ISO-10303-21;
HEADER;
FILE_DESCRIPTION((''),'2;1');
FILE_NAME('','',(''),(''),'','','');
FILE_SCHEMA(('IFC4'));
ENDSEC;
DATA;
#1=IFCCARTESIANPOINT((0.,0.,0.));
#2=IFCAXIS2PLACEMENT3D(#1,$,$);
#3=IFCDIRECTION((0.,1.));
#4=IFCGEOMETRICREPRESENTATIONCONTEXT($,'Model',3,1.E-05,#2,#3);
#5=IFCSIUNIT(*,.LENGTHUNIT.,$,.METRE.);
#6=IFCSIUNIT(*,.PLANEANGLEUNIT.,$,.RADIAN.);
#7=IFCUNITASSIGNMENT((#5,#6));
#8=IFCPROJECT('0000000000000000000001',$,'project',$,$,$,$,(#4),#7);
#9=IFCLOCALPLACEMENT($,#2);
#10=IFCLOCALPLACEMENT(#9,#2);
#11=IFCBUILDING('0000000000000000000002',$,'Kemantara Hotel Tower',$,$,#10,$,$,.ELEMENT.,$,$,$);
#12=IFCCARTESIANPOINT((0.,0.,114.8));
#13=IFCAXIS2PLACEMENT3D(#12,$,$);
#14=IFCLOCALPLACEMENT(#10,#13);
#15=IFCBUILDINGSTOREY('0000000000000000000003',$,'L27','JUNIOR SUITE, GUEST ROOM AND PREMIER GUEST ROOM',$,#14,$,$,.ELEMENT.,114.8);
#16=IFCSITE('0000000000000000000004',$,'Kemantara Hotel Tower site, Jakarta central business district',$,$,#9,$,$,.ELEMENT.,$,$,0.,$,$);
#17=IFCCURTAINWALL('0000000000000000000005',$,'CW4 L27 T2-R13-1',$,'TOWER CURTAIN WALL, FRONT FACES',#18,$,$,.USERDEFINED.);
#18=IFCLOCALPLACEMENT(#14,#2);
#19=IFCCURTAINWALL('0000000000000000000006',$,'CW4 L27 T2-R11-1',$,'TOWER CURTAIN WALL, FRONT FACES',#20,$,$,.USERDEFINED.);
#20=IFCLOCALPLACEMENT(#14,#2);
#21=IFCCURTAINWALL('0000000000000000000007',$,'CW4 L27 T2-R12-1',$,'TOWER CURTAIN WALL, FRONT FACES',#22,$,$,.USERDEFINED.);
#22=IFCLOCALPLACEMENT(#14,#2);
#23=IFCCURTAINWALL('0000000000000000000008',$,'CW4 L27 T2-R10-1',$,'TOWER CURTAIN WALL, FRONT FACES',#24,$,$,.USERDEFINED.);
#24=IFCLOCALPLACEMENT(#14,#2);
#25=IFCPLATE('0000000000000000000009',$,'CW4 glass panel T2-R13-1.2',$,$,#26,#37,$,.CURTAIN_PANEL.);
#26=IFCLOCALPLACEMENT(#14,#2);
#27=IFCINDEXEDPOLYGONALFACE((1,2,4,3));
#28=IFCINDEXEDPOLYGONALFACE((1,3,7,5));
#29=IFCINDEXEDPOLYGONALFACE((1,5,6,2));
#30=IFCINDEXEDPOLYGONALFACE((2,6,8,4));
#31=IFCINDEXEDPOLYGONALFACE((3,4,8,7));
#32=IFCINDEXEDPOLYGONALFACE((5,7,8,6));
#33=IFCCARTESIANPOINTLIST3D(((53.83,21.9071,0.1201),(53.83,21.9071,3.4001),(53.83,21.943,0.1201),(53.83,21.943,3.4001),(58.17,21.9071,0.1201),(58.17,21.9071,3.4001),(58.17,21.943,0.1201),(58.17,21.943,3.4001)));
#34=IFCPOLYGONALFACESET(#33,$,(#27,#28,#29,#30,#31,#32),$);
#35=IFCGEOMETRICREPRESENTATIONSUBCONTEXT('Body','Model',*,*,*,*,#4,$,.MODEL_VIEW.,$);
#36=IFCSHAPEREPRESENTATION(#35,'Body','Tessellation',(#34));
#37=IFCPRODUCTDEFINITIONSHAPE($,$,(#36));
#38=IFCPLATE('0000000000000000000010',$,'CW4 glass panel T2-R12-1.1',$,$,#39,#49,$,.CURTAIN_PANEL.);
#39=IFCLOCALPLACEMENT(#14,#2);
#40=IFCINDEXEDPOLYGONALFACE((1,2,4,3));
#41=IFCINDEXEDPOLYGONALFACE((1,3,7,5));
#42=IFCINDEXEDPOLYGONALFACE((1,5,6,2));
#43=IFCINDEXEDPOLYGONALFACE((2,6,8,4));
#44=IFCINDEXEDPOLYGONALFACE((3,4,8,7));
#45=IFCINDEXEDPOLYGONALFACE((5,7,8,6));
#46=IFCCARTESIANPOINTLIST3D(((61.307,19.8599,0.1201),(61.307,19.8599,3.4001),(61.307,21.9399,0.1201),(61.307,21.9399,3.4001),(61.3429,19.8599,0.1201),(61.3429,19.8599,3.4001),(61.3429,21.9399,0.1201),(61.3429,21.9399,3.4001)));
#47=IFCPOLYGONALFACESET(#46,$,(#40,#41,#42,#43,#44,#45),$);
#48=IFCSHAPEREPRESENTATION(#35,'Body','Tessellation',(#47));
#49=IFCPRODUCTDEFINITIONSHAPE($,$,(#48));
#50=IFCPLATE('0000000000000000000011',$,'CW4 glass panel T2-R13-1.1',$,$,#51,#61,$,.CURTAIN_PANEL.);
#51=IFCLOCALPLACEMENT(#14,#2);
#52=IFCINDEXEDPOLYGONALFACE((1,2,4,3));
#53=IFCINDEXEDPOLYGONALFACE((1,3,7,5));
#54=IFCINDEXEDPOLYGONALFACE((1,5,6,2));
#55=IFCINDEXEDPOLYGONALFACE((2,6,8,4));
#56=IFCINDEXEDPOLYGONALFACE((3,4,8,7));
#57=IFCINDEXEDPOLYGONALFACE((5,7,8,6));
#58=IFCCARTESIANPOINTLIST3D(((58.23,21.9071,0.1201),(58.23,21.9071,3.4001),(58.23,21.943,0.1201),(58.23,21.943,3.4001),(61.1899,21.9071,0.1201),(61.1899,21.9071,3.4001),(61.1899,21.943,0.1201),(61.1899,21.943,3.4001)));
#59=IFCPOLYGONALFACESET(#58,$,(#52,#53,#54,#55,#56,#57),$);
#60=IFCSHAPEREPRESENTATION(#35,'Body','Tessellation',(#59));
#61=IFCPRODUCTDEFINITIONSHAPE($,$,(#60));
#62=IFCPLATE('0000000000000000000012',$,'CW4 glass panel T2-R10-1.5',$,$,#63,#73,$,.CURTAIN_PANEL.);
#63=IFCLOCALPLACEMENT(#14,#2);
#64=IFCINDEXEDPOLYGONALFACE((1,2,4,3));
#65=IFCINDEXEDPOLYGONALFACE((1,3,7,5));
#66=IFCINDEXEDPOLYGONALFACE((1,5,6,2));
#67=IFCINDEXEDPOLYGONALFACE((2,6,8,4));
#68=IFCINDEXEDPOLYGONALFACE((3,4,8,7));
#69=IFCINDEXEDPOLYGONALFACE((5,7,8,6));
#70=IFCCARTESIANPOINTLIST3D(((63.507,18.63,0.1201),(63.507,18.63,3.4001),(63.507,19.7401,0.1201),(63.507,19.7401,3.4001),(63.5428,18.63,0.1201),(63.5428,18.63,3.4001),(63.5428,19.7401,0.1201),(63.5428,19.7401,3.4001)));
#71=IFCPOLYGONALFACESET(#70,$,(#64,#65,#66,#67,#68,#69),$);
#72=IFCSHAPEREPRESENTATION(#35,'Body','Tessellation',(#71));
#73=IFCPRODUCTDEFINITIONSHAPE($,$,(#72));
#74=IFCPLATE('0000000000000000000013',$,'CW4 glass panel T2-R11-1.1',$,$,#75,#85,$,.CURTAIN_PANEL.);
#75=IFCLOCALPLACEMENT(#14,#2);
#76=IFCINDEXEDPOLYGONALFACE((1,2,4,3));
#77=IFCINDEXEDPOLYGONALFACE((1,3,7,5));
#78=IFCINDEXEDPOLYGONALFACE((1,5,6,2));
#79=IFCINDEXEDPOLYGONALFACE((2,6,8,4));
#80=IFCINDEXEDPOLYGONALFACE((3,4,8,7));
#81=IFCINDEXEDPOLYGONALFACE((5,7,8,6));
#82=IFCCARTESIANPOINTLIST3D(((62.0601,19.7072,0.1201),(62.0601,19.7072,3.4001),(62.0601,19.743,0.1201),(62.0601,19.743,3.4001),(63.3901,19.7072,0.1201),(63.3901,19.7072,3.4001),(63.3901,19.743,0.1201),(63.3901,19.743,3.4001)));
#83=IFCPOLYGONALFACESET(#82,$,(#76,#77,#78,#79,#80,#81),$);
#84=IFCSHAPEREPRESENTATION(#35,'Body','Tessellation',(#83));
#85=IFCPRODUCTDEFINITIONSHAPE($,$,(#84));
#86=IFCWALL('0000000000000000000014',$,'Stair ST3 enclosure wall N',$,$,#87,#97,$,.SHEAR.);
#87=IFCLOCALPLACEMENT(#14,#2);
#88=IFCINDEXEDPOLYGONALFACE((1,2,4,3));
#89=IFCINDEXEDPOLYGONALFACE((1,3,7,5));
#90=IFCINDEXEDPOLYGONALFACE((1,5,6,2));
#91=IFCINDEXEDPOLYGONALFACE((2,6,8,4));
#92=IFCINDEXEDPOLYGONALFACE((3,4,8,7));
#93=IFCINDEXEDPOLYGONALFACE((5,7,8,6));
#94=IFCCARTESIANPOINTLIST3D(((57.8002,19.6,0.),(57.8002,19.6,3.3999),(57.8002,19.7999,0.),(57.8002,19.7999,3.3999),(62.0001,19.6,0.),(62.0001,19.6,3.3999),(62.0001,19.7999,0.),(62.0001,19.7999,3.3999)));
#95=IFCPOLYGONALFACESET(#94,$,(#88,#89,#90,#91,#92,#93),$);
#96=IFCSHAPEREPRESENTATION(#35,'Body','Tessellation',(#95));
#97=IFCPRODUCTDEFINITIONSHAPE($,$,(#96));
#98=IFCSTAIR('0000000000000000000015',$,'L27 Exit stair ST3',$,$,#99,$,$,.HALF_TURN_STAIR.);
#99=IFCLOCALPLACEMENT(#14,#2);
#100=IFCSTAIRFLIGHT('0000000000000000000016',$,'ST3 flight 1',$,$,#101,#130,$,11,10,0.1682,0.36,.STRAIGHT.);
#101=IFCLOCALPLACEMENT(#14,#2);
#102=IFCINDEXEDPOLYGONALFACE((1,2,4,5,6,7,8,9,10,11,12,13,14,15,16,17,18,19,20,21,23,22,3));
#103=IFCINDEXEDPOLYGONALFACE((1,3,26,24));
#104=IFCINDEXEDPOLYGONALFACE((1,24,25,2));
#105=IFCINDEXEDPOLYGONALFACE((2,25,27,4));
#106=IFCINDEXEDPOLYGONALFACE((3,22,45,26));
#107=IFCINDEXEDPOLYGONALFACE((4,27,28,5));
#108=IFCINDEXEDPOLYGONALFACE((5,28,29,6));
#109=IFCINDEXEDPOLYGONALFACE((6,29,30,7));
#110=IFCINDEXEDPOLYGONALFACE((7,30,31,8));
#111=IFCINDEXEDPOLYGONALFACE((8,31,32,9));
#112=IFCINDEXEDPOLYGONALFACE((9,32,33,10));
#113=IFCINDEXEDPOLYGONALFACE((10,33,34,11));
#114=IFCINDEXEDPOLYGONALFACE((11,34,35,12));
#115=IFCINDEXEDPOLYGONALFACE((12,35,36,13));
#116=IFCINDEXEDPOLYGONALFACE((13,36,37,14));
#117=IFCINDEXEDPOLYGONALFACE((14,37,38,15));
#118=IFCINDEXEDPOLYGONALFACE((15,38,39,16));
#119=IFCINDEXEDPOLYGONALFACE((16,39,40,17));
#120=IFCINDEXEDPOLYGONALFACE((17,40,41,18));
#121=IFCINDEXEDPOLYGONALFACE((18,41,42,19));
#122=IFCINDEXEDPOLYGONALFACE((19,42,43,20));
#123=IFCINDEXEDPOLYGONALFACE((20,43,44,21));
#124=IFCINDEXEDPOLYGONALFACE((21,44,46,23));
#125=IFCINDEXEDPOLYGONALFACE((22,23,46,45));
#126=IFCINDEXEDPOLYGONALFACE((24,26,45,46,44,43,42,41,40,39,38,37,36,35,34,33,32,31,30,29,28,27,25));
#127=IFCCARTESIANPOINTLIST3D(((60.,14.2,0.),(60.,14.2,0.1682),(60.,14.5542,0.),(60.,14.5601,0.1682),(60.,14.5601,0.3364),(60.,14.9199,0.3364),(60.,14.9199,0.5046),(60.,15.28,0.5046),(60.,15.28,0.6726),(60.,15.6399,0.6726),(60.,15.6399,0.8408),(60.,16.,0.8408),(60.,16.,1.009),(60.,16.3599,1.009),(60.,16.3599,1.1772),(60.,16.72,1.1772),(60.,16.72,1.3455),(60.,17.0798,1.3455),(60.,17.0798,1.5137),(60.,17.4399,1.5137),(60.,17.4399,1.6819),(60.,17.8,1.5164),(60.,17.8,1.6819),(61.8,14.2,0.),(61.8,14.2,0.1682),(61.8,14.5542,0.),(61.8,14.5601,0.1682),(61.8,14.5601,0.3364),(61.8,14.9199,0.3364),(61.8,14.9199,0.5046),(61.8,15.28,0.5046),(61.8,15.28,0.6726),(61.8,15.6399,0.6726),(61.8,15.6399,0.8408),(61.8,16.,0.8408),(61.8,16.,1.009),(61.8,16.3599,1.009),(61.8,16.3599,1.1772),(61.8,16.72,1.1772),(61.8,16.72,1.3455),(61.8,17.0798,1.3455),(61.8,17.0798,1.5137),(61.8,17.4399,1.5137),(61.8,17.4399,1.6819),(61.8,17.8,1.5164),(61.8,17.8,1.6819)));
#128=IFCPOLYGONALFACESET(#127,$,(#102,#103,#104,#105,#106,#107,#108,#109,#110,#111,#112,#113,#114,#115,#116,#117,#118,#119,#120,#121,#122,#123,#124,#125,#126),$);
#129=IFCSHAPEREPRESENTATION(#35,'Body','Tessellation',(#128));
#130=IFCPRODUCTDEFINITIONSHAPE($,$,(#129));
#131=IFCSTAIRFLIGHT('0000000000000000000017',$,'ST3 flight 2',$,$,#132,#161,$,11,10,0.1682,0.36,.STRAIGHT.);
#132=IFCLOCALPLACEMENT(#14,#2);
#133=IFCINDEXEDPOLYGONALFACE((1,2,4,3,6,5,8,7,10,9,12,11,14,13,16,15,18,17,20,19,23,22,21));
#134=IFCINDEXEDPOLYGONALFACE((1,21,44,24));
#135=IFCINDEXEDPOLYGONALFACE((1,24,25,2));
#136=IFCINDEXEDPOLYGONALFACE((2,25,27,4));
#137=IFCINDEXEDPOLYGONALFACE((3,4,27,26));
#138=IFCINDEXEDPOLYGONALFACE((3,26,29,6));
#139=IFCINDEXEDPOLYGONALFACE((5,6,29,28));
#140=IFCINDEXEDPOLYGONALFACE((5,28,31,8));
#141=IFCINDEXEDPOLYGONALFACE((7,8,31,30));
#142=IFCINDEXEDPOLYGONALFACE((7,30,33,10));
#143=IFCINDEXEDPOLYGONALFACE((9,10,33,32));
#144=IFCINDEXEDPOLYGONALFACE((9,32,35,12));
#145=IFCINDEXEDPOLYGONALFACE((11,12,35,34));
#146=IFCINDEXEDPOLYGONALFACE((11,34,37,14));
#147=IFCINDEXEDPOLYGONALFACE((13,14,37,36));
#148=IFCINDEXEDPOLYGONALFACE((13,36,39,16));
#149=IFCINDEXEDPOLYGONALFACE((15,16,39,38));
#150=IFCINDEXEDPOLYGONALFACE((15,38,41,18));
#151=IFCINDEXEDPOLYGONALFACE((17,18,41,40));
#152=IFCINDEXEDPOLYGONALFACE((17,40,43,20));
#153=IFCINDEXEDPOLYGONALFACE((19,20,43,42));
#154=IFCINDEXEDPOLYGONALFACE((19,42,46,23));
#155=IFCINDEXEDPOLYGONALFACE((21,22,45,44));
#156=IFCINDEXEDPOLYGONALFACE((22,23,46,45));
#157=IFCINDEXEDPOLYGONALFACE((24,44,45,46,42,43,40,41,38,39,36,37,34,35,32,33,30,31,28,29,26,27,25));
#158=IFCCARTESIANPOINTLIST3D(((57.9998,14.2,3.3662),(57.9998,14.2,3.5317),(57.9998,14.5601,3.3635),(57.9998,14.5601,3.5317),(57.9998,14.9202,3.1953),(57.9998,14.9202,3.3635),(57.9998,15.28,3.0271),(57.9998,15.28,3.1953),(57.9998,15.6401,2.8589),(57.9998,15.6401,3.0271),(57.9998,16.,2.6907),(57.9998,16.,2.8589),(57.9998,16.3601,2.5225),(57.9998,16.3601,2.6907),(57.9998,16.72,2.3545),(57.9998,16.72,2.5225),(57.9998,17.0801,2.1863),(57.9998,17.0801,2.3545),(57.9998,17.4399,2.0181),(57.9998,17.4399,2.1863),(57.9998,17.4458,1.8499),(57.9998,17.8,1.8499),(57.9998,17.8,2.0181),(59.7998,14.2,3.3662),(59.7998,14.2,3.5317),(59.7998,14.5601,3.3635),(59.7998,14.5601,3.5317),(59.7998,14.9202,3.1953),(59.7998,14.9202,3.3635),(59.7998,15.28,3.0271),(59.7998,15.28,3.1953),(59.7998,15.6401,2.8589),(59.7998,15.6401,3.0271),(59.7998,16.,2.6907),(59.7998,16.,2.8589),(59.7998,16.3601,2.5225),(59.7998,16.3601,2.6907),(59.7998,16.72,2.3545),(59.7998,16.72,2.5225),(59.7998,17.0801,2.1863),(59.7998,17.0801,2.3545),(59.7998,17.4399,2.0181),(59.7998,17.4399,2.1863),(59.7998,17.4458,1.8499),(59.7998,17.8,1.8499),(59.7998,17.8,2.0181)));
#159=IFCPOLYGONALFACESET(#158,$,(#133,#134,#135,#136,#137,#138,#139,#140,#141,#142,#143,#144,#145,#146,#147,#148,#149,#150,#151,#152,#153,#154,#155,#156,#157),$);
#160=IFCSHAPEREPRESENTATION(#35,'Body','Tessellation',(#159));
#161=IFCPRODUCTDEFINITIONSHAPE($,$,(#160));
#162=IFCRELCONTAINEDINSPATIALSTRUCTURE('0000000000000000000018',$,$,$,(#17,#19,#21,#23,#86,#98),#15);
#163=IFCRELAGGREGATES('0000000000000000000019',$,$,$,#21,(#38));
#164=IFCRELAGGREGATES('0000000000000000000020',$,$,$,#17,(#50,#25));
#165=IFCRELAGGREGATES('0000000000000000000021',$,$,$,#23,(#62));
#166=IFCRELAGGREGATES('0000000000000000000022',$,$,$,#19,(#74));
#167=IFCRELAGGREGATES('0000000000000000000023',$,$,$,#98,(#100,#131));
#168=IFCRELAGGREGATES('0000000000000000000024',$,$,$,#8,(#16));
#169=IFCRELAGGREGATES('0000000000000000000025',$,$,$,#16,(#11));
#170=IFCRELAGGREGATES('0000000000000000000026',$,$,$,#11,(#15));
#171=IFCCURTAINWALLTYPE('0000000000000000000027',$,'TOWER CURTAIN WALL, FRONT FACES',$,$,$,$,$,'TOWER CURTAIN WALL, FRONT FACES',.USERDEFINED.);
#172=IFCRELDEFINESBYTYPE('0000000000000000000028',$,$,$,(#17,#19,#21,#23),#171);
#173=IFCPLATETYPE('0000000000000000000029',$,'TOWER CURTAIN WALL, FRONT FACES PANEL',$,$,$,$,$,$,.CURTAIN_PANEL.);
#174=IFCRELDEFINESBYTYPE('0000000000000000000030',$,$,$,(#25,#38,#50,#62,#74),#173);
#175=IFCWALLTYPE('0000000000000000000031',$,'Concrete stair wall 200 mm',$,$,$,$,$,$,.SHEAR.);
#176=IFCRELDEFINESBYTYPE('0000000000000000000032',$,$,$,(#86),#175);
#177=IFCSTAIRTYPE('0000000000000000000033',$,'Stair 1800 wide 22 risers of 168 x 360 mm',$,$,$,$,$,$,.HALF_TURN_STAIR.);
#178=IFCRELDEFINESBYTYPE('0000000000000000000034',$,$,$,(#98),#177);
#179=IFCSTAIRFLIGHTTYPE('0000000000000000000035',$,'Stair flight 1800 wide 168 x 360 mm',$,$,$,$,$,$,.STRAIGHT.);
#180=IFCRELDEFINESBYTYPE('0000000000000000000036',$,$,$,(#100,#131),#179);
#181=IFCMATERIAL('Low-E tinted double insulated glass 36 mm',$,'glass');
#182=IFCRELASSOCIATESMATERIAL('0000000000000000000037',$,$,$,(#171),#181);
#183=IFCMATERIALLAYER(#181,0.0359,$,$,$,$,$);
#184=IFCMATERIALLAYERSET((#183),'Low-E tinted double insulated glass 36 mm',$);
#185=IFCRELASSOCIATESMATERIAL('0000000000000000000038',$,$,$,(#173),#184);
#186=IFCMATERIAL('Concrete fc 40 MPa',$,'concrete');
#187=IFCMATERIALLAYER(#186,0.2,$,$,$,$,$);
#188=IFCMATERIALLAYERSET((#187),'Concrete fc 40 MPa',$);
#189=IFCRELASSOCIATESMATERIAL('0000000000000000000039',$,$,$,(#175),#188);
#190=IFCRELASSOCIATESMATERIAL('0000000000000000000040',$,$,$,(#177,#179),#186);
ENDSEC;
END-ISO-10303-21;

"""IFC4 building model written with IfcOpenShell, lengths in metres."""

from ifc_helpers import new_model, si_unit, direction, frame, frame_2d, origin, origin_2d, place, context, subcontext, project, spatial, polyline, rectangle, outline, extrude, source, transform, mapped, material, layer, layer_set, type_object, element, aggregate, save


model = new_model("IFC4")

# Units and contexts
model_context = context("Model", 3, precision=1e-05, world=origin(), true_north=direction((0.0, 1.0)))
body_context = subcontext(model_context, "Body", "Model", "MODEL_VIEW")
ifc_project = project(units=[si_unit("LENGTHUNIT", "METRE"), si_unit("PLANEANGLEUNIT", "RADIAN")], contexts=[model_context])

# Site, building, storey
site_placement = place(None, origin())
site = spatial("IfcSite", under=ifc_project, at=site_placement, Name="Kemantara Hotel Tower site, Jakarta central business district", CompositionType="ELEMENT", RefElevation=0.0)
building_placement = place(site_placement, origin())
building = spatial("IfcBuilding", under=site, at=building_placement, Name="Kemantara Hotel Tower", CompositionType="ELEMENT")
storey_placement = place(building_placement, frame((0.0, 0.0, 114.8)))
storey = spatial("IfcBuildingStorey", under=building, at=storey_placement, Name="L27", Description="JUNIOR SUITE, GUEST ROOM AND PREMIER GUEST ROOM", CompositionType="ELEMENT", Elevation=114.8)

# Curtain walls
ifc_material_1 = material(Name="Low-E tinted double insulated glass 36 mm", Category="glass")
curtain_wall_type = type_object("IfcCurtainWallType", Name="TOWER CURTAIN WALL, FRONT FACES", ElementType="TOWER CURTAIN WALL, FRONT FACES", PredefinedType="USERDEFINED", material=ifc_material_1)
curtain_wall_1_placement = place(storey_placement, origin())
curtain_wall_1 = element("IfcCurtainWall", 1, at=curtain_wall_1_placement, inside=storey, type_object=curtain_wall_type, Name="CW4 L27 T2-R13-1", ObjectType="TOWER CURTAIN WALL, FRONT FACES", PredefinedType="USERDEFINED")
curtain_wall_2_placement = place(storey_placement, origin())
curtain_wall_2 = element("IfcCurtainWall", 2, at=curtain_wall_2_placement, inside=storey, type_object=curtain_wall_type, Name="CW4 L27 T2-R11-1", ObjectType="TOWER CURTAIN WALL, FRONT FACES", PredefinedType="USERDEFINED")
curtain_wall_3_placement = place(storey_placement, origin())
curtain_wall_3 = element("IfcCurtainWall", 3, at=curtain_wall_3_placement, inside=storey, type_object=curtain_wall_type, Name="CW4 L27 T2-R12-1", ObjectType="TOWER CURTAIN WALL, FRONT FACES", PredefinedType="USERDEFINED")

# Curtain wall
curtain_wall_4_placement = place(storey_placement, origin())
curtain_wall_4 = element("IfcCurtainWall", 4, at=curtain_wall_4_placement, inside=storey, type_object=curtain_wall_type, Name="CW4 L27 T2-R10-1", ObjectType="TOWER CURTAIN WALL, FRONT FACES", PredefinedType="USERDEFINED")

# Plates
ifc_layer_1 = layer(ifc_material_1, 0.0359)
ifc_layer_set_1 = layer_set([ifc_layer_1], Name="Low-E tinted double insulated glass 36 mm")
plate_type = type_object("IfcPlateType", Name="TOWER CURTAIN WALL, FRONT FACES PANEL", PredefinedType="CURTAIN_PANEL", material=ifc_layer_set_1)
shared_shape_1 = source(origin(), body_context, "Body", "SweptSolid", [
    extrude(rectangle(XDim=4.3401, YDim=0.0359, at=origin_2d()), origin(), (0.0, 0.0, 1.0), 3.28),
])
plate_1_placement = place(storey_placement, frame((56.0, 21.925, 0.1201), z_axis=(0.0, 0.0, 1.0), x_axis=(-1.0, 0.0, 0.0)))
plate_1 = element("IfcPlate", 5, at=plate_1_placement, type_object=plate_type, Name="CW4 glass panel T2-R13-1.2", PredefinedType="CURTAIN_PANEL", context=body_context, shape_type="MappedRepresentation", body=[
    mapped(shared_shape_1, transform((0.0, 0.0, 0.0))),
])
shared_shape_2 = source(origin(), body_context, "Body", "SweptSolid", [
    extrude(rectangle(XDim=2.0801, YDim=0.0359, at=origin_2d()), origin(), (0.0, 0.0, 1.0), 3.28),
])
plate_2_placement = place(storey_placement, frame((61.325, 20.8999, 0.1201), z_axis=(0.0, 0.0, 1.0), x_axis=(0.0, 1.0, 0.0)))
plate_2 = element("IfcPlate", 6, at=plate_2_placement, type_object=plate_type, Name="CW4 glass panel T2-R12-1.1", PredefinedType="CURTAIN_PANEL", context=body_context, shape_type="MappedRepresentation", body=[
    mapped(shared_shape_2, transform((0.0, 0.0, 0.0))),
])
aggregate(curtain_wall_3, [plate_2])
shared_shape_3 = source(origin(), body_context, "Body", "SweptSolid", [
    extrude(rectangle(XDim=2.96, YDim=0.0359, at=origin_2d()), origin(), (0.0, 0.0, 1.0), 3.28),
])
plate_3_placement = place(storey_placement, frame((59.71, 21.925, 0.1201), z_axis=(0.0, 0.0, 1.0), x_axis=(-1.0, 0.0, 0.0)))
plate_3 = element("IfcPlate", 7, at=plate_3_placement, type_object=plate_type, Name="CW4 glass panel T2-R13-1.1", PredefinedType="CURTAIN_PANEL", context=body_context, shape_type="MappedRepresentation", body=[
    mapped(shared_shape_3, transform((0.0, 0.0, 0.0))),
])
aggregate(curtain_wall_1, [plate_3, plate_1])
shared_shape_4 = source(origin(), body_context, "Body", "SweptSolid", [
    extrude(rectangle(XDim=1.1101, YDim=0.0359, at=origin_2d()), origin(), (0.0, 0.0, 1.0), 3.28),
])
plate_4_placement = place(storey_placement, frame((63.5249, 19.1851, 0.1201), z_axis=(0.0, 0.0, 1.0), x_axis=(0.0, 1.0, 0.0)))
plate_4 = element("IfcPlate", 8, at=plate_4_placement, type_object=plate_type, Name="CW4 glass panel T2-R10-1.5", PredefinedType="CURTAIN_PANEL", context=body_context, shape_type="MappedRepresentation", body=[
    mapped(shared_shape_4, transform((0.0, 0.0, 0.0))),
])
aggregate(curtain_wall_4, [plate_4])
shared_shape_5 = source(origin(), body_context, "Body", "SweptSolid", [
    extrude(rectangle(XDim=1.3301, YDim=0.0359, at=origin_2d()), origin(), (0.0, 0.0, 1.0), 3.28),
])
plate_5_placement = place(storey_placement, frame((62.7251, 19.7251, 0.1201), z_axis=(0.0, 0.0, 1.0), x_axis=(-1.0, 0.0, 0.0)))
plate_5 = element("IfcPlate", 9, at=plate_5_placement, type_object=plate_type, Name="CW4 glass panel T2-R11-1.1", PredefinedType="CURTAIN_PANEL", context=body_context, shape_type="MappedRepresentation", body=[
    mapped(shared_shape_5, transform((0.0, 0.0, 0.0))),
])
aggregate(curtain_wall_2, [plate_5])

# Wall
ifc_material_2 = material(Name="Concrete fc 40 MPa", Category="concrete")
ifc_layer_2 = layer(ifc_material_2, 0.2)
ifc_layer_set_2 = layer_set([ifc_layer_2], Name="Concrete fc 40 MPa")
wall_type = type_object("IfcWallType", Name="Concrete stair wall 200 mm", PredefinedType="SHEAR", material=ifc_layer_set_2)
wall_placement = place(storey_placement, frame((57.8, 19.7, 0.0), z_axis=(0.0, 0.0, 1.0), x_axis=(1.0, 0.0, 0.0)))
element("IfcWall", 10, at=wall_placement, inside=storey, type_object=wall_type, Name="Stair ST3 enclosure wall N", PredefinedType="SHEAR", context=body_context, shape_type="SweptSolid", body=[
    extrude(rectangle(XDim=4.2, YDim=0.2, at=frame_2d((2.1001, 0.0))), origin(), (0.0, 0.0, 1.0), 3.3999),
])

# Stair, stair flights
stair_type = type_object("IfcStairType", Name="Stair 1800 wide 22 risers of 168 x 360 mm", PredefinedType="HALF_TURN_STAIR", material=ifc_material_2)
stair_placement = place(storey_placement, origin())
stair = element("IfcStair", 11, at=stair_placement, inside=storey, type_object=stair_type, Name="L27 Exit stair ST3", PredefinedType="HALF_TURN_STAIR")
stair_flight_type = type_object("IfcStairFlightType", Name="Stair flight 1800 wide 168 x 360 mm", PredefinedType="STRAIGHT", material=ifc_material_2)
stair_flight_1_placement = place(storey_placement, frame((60.8999, 14.2, 0.0), z_axis=(0.0, 0.0, 1.0), x_axis=(0.0, 1.0, 0.0)))
stair_flight_1 = element("IfcStairFlight", 12, at=stair_flight_1_placement, type_object=stair_flight_type, Name="ST3 flight 1", NumberOfRisers=11, NumberOfTreads=10, PredefinedType="STRAIGHT", RiserHeight=0.1682, TreadLength=0.36, context=body_context, shape_type="SweptSolid", body=[
    extrude(outline(polyline([(0.0, 0.0), (0.0, 0.1682), (0.3601, 0.1682), (0.3601, 0.3364), (0.72, 0.3364), (0.72, 0.5046), (1.0801, 0.5046), (1.0801, 0.6726), (1.4399, 0.6726), (1.4399, 0.8408), (1.8, 0.8408), (1.8, 1.009), (2.1599, 1.009), (2.1599, 1.1772), (2.52, 1.1772), (2.52, 1.3455), (2.8799, 1.3455), (2.8799, 1.5137), (3.24, 1.5137), (3.24, 1.6819), (3.6001, 1.6819), (3.6001, 1.8501), (3.6001, 1.5164), (0.3542, 0.0), (0.0, 0.0)])), frame((0.0, 0.8999, 0.0), z_axis=(0.0, -1.0, 0.0), x_axis=(1.0, 0.0, 0.0)), (0.0, 0.0, 1.0), 1.8),
])
stair_flight_2_placement = place(storey_placement, frame((58.8999, 17.8, 1.8499), z_axis=(0.0, 0.0, 1.0), x_axis=(0.0, -1.0, 0.0)))
stair_flight_2 = element("IfcStairFlight", 13, at=stair_flight_2_placement, type_object=stair_flight_type, Name="ST3 flight 2", NumberOfRisers=11, NumberOfTreads=10, PredefinedType="STRAIGHT", RiserHeight=0.1682, TreadLength=0.36, context=body_context, shape_type="SweptSolid", body=[
    extrude(outline(polyline([(0.0, 0.0), (0.0, 0.1682), (0.3601, 0.1682), (0.3601, 0.3364), (0.72, 0.3364), (0.72, 0.5046), (1.0801, 0.5046), (1.0801, 0.6726), (1.4399, 0.6726), (1.4399, 0.8408), (1.8, 0.8408), (1.8, 1.009), (2.1599, 1.009), (2.1599, 1.1772), (2.52, 1.1772), (2.52, 1.3455), (2.8799, 1.3455), (2.8799, 1.5137), (3.24, 1.5137), (3.24, 1.6819), (3.6001, 1.6819), (3.6001, 1.8501), (3.6001, 1.5164), (0.3542, 0.0), (0.0, 0.0)])), frame((0.0, 0.8999, 0.0), z_axis=(0.0, -1.0, 0.0), x_axis=(1.0, 0.0, 0.0)), (0.0, 0.0, 1.0), 1.8),
])
aggregate(stair, [stair_flight_1, stair_flight_2])

save(model, "model.ifc")
